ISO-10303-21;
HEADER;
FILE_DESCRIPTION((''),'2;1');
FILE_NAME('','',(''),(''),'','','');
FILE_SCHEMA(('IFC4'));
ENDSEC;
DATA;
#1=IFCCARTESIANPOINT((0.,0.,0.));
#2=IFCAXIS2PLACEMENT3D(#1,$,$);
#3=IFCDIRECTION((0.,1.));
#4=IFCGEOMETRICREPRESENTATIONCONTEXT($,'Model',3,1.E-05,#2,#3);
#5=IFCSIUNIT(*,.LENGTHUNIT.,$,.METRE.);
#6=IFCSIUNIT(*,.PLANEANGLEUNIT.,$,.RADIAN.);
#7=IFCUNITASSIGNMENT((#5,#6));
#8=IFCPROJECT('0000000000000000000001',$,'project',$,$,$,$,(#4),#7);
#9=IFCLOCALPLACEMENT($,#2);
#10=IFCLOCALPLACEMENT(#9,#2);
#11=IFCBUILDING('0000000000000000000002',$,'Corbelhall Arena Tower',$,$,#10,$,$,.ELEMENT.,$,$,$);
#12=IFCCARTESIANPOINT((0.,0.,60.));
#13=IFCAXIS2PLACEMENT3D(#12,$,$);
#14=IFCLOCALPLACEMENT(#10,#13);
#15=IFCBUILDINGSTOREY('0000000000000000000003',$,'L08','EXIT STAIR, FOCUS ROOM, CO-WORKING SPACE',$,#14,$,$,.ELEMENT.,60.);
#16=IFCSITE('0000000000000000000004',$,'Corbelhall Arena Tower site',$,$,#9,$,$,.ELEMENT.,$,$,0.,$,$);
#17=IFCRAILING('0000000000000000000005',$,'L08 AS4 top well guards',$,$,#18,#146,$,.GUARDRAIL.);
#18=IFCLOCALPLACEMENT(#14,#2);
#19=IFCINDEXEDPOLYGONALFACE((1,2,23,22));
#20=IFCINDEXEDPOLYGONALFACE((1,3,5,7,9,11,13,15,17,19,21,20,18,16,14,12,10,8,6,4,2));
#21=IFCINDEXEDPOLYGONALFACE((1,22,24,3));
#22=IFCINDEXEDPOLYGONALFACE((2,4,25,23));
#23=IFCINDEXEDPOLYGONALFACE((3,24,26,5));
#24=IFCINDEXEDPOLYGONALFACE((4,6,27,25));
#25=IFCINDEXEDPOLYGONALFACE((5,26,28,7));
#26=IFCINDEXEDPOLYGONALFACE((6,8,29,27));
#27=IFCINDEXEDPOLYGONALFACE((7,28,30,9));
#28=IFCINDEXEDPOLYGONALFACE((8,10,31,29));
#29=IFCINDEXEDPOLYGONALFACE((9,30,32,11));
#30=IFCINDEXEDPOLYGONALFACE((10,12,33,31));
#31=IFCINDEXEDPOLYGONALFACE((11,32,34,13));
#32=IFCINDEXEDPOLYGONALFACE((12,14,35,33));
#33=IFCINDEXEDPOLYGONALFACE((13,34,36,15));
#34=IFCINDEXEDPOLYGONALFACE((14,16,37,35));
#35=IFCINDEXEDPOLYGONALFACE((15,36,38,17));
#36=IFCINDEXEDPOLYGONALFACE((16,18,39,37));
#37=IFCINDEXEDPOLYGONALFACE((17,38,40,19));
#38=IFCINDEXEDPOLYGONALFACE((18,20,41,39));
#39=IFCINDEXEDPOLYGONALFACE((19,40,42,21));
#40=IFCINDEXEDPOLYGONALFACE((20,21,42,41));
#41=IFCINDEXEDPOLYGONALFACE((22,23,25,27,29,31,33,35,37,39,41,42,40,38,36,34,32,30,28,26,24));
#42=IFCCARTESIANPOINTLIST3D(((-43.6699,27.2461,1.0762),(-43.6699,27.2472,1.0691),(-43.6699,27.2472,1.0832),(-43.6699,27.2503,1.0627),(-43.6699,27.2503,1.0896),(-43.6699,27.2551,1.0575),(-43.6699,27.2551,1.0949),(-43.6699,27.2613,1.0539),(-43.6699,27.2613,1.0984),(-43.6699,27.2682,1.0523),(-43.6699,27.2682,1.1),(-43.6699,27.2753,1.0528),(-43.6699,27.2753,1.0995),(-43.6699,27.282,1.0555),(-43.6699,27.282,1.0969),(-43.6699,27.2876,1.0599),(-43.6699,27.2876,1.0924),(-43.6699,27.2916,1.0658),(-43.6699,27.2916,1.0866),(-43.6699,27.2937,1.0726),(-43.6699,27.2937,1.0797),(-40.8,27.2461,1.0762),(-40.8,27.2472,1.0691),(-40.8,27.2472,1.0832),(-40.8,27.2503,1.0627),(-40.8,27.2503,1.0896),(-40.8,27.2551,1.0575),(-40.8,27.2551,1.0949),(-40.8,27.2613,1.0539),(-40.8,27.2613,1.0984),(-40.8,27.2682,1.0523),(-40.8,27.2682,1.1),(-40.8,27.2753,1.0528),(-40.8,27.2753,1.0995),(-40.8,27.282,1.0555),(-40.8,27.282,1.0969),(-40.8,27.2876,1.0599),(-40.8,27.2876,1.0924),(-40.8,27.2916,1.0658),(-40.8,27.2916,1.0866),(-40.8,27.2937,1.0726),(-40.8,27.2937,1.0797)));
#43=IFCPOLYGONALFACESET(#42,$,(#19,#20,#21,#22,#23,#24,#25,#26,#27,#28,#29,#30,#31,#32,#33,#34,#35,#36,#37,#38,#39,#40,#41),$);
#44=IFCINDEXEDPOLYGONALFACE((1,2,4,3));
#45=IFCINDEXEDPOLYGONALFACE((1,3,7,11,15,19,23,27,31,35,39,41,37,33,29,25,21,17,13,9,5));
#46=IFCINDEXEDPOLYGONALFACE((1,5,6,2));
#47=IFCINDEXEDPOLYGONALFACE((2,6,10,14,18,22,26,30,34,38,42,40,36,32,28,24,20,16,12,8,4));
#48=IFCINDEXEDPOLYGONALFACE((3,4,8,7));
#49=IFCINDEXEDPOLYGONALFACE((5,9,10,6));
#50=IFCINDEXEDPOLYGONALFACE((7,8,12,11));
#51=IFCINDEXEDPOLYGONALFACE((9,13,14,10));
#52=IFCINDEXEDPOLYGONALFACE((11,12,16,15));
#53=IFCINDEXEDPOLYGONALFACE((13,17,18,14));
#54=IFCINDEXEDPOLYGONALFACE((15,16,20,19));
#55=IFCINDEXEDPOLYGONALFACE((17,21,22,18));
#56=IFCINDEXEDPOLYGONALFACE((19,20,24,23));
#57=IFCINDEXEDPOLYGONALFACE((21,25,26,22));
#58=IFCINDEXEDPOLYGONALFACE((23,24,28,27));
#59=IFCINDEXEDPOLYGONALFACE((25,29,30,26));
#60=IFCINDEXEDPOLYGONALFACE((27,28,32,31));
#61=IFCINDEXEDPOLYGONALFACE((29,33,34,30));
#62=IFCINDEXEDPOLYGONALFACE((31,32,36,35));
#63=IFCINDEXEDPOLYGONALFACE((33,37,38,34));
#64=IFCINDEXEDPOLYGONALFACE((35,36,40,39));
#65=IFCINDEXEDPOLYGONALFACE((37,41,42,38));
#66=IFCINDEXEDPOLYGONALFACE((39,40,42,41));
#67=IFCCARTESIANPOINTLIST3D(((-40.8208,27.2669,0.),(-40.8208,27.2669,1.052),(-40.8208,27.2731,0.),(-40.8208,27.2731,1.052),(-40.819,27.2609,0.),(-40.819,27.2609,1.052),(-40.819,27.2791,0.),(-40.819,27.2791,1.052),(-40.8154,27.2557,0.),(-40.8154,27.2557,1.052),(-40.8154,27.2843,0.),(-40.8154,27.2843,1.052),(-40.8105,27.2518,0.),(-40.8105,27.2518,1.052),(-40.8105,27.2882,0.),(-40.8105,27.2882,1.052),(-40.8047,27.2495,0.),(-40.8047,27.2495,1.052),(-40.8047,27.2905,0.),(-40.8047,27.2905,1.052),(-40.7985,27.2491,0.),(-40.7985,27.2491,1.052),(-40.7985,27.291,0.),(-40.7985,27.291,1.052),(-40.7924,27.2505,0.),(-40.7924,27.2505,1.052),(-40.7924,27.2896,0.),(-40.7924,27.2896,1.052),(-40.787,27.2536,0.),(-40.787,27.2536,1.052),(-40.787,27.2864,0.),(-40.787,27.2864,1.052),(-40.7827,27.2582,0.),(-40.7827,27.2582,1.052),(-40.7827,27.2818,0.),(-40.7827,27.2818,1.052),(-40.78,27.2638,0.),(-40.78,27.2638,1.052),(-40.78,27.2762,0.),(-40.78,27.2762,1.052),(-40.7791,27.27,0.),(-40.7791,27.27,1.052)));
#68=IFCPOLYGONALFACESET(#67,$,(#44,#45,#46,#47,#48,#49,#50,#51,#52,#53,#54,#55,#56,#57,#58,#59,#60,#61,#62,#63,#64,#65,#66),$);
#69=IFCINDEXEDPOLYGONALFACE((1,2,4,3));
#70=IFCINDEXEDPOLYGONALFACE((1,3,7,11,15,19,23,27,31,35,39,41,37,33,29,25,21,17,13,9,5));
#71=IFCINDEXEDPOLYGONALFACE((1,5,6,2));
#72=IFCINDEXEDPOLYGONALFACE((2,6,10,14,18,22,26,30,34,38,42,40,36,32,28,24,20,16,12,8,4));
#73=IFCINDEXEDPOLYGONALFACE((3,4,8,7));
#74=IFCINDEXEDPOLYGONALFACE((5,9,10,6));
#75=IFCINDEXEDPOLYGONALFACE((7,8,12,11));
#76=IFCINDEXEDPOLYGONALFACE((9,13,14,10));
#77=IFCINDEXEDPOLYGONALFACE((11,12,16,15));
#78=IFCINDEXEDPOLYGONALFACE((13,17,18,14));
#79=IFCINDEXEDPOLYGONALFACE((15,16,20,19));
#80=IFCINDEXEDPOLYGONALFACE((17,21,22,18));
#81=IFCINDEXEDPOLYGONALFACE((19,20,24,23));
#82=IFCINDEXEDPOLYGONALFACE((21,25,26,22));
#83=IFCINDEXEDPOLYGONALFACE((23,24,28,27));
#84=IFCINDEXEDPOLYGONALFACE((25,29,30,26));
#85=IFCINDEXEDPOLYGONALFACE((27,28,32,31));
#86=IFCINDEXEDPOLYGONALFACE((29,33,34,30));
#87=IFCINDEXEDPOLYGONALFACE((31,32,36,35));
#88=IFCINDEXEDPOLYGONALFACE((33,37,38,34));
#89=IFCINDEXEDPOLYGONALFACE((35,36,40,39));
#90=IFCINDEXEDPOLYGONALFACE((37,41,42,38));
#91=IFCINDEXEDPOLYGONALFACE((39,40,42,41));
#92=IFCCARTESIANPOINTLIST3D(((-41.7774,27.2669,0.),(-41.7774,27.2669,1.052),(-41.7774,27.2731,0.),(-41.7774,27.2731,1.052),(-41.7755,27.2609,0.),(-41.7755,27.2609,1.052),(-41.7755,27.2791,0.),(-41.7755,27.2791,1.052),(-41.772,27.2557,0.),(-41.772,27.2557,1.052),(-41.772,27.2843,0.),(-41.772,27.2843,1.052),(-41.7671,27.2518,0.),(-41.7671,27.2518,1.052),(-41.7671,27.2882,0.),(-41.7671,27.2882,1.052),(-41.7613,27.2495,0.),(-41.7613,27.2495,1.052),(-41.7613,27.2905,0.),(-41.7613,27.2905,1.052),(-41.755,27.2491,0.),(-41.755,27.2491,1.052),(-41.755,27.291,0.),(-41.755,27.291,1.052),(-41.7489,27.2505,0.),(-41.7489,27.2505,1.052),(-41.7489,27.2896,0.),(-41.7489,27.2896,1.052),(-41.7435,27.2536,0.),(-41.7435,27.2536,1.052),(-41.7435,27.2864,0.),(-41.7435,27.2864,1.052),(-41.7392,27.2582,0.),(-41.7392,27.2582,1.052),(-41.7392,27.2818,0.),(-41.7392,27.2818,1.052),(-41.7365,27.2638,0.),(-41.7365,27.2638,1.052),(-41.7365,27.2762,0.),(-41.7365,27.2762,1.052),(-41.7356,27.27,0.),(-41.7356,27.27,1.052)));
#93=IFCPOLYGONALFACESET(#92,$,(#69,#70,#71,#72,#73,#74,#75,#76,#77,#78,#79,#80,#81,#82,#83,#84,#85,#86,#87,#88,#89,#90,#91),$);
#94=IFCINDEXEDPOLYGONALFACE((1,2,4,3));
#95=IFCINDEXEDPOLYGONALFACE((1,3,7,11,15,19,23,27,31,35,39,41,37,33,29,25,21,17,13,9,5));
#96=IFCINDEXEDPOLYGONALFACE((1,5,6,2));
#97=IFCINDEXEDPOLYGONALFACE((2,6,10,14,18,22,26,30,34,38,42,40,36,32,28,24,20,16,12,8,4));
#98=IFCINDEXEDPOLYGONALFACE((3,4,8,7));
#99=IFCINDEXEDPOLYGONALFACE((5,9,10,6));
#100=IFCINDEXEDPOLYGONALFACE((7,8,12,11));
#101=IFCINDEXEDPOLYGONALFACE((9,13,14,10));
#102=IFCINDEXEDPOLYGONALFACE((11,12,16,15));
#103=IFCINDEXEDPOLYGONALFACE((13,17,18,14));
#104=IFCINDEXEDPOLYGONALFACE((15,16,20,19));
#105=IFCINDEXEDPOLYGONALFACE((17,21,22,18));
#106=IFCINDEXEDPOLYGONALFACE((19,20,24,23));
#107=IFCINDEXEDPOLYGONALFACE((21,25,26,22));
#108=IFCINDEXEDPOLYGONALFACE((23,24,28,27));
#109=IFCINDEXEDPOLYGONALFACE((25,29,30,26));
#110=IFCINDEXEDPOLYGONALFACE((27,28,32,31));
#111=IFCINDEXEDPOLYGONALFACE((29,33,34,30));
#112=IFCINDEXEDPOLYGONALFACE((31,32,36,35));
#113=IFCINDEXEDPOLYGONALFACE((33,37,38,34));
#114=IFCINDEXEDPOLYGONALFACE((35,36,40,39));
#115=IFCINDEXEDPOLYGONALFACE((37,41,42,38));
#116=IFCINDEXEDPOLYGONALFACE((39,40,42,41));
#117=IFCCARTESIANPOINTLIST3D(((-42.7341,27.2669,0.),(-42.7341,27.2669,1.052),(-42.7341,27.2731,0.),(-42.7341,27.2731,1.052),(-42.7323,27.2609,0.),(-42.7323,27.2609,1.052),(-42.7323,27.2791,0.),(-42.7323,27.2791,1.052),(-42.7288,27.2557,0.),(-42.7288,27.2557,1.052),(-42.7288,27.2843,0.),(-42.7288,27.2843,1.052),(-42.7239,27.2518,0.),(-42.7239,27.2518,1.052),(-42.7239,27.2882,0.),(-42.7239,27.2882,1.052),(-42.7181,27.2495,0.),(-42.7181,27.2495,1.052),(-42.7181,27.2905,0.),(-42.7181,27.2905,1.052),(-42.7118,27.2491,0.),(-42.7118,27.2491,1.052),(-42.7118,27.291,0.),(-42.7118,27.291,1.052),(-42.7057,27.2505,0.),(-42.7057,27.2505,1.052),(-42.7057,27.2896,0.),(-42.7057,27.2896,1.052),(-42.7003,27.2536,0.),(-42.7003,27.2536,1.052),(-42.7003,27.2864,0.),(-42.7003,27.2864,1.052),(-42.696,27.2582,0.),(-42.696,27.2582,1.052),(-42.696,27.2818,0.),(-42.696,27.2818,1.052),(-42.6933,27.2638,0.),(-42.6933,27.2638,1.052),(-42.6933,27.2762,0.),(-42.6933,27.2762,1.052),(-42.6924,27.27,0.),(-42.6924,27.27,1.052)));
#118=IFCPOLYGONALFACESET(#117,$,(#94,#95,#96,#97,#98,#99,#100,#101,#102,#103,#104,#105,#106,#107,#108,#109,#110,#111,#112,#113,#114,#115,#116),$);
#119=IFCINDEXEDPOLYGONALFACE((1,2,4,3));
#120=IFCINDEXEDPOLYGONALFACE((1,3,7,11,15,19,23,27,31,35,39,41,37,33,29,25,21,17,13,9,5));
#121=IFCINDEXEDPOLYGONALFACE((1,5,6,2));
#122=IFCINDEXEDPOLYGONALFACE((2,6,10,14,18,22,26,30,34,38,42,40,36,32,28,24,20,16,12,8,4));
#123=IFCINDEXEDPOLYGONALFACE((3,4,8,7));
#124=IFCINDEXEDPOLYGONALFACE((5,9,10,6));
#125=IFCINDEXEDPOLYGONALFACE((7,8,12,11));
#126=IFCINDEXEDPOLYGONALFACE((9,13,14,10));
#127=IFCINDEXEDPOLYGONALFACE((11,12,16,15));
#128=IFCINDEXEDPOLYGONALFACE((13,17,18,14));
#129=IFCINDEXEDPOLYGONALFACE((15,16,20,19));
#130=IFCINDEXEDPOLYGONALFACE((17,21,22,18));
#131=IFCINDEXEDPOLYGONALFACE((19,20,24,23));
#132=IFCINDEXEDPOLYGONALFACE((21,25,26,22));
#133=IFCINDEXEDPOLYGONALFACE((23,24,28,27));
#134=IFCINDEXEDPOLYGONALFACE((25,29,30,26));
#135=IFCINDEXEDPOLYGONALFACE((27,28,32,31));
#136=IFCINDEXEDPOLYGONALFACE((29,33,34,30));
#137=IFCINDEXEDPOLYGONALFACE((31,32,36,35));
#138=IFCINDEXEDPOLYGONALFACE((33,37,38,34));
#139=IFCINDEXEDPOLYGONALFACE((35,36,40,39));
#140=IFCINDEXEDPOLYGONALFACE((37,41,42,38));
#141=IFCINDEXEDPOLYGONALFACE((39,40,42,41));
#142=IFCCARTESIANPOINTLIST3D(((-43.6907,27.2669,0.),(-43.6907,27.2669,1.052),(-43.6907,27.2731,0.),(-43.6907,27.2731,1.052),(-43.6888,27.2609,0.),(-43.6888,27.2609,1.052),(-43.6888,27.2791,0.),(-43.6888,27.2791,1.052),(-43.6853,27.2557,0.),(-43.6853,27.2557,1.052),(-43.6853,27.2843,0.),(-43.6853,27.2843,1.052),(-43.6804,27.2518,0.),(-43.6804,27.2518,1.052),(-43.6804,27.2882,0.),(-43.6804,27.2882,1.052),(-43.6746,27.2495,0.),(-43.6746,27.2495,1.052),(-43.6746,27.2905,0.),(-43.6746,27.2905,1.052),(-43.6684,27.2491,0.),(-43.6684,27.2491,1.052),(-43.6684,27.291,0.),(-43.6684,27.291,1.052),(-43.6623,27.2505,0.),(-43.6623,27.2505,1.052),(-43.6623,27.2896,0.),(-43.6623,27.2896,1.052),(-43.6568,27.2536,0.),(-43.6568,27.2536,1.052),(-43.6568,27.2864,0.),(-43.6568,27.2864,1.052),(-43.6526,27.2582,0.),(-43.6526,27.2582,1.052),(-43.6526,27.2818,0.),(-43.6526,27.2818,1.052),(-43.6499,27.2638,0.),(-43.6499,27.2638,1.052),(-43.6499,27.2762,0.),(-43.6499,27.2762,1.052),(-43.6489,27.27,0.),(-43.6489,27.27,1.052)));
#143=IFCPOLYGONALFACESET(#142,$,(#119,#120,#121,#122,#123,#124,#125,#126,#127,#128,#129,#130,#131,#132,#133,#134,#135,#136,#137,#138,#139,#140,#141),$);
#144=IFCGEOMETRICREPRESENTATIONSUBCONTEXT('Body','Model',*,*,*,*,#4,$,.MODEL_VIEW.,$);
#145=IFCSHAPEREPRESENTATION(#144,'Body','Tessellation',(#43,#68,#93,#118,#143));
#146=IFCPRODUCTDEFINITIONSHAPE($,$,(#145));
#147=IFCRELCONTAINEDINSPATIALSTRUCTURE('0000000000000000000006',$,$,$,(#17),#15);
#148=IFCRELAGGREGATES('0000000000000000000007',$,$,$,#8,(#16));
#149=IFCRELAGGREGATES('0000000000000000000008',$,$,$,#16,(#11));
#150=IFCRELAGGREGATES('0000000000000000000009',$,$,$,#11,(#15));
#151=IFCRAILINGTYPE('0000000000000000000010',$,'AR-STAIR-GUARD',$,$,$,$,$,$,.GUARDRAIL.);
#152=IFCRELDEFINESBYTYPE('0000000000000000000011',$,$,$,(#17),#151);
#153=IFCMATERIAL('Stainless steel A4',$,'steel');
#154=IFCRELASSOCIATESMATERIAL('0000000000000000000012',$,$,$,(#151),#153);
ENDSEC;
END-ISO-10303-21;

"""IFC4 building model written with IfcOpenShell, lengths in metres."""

from ifc_helpers import new_model, si_unit, direction, frame, origin, origin_2d, place, context, subcontext, project, spatial, circle, extrude, material, type_object, element, save


model = new_model("IFC4")

# Units and contexts
model_context = context("Model", 3, precision=1e-05, world=origin(), true_north=direction((0.0, 1.0)))
body_context = subcontext(model_context, "Body", "Model", "MODEL_VIEW")
ifc_project = project(units=[si_unit("LENGTHUNIT", "METRE"), si_unit("PLANEANGLEUNIT", "RADIAN")], contexts=[model_context])

# Site, building, storey
site_placement = place(None, origin())
site = spatial("IfcSite", under=ifc_project, at=site_placement, Name="Corbelhall Arena Tower site", CompositionType="ELEMENT", RefElevation=0.0)
building_placement = place(site_placement, origin())
building = spatial("IfcBuilding", under=site, at=building_placement, Name="Corbelhall Arena Tower", CompositionType="ELEMENT")
storey_placement = place(building_placement, frame((0.0, 0.0, 60.0)))
storey = spatial("IfcBuildingStorey", under=building, at=storey_placement, Name="L08", Description="EXIT STAIR, FOCUS ROOM, CO-WORKING SPACE", CompositionType="ELEMENT", Elevation=60.0)

# Shared definitions
ifc_material_1 = material(Name="Stainless steel A4", Category="steel")

# Railing
railing_type = type_object("IfcRailingType", Name="AR-STAIR-GUARD", PredefinedType="GUARDRAIL", material=ifc_material_1)
for number, where, name in (
    (1, (-40.8, 27.27, 0.0), "L08 AS4 top well guards"),
):
    element("IfcRailing", number, at=place(storey_placement, frame(where)), inside=storey, type_object=railing_type, Name=name, PredefinedType="GUARDRAIL", context=body_context, shape_type="SweptSolid", body=[
        extrude(circle(Radius=0.0239, at=origin_2d()), frame((0.0, 0.0, 1.0762), z_axis=(-1.0, 0.0, 0.0), x_axis=(0.0, -1.0, 0.0)), (0.0, 0.0, 1.0), 2.8699),
        extrude(circle(Radius=0.021, at=origin_2d()), origin(), (0.0, 0.0, 1.0), 1.052),
        extrude(circle(Radius=0.021, at=origin_2d()), frame((-0.9565, 0.0, 0.0)), (0.0, 0.0, 1.0), 1.052),
        extrude(circle(Radius=0.021, at=origin_2d()), frame((-1.9133, 0.0, 0.0)), (0.0, 0.0, 1.0), 1.052),
        extrude(circle(Radius=0.021, at=origin_2d()), frame((-2.8699, 0.0, 0.0)), (0.0, 0.0, 1.0), 1.052),
    ])

save(model, "model.ifc")
